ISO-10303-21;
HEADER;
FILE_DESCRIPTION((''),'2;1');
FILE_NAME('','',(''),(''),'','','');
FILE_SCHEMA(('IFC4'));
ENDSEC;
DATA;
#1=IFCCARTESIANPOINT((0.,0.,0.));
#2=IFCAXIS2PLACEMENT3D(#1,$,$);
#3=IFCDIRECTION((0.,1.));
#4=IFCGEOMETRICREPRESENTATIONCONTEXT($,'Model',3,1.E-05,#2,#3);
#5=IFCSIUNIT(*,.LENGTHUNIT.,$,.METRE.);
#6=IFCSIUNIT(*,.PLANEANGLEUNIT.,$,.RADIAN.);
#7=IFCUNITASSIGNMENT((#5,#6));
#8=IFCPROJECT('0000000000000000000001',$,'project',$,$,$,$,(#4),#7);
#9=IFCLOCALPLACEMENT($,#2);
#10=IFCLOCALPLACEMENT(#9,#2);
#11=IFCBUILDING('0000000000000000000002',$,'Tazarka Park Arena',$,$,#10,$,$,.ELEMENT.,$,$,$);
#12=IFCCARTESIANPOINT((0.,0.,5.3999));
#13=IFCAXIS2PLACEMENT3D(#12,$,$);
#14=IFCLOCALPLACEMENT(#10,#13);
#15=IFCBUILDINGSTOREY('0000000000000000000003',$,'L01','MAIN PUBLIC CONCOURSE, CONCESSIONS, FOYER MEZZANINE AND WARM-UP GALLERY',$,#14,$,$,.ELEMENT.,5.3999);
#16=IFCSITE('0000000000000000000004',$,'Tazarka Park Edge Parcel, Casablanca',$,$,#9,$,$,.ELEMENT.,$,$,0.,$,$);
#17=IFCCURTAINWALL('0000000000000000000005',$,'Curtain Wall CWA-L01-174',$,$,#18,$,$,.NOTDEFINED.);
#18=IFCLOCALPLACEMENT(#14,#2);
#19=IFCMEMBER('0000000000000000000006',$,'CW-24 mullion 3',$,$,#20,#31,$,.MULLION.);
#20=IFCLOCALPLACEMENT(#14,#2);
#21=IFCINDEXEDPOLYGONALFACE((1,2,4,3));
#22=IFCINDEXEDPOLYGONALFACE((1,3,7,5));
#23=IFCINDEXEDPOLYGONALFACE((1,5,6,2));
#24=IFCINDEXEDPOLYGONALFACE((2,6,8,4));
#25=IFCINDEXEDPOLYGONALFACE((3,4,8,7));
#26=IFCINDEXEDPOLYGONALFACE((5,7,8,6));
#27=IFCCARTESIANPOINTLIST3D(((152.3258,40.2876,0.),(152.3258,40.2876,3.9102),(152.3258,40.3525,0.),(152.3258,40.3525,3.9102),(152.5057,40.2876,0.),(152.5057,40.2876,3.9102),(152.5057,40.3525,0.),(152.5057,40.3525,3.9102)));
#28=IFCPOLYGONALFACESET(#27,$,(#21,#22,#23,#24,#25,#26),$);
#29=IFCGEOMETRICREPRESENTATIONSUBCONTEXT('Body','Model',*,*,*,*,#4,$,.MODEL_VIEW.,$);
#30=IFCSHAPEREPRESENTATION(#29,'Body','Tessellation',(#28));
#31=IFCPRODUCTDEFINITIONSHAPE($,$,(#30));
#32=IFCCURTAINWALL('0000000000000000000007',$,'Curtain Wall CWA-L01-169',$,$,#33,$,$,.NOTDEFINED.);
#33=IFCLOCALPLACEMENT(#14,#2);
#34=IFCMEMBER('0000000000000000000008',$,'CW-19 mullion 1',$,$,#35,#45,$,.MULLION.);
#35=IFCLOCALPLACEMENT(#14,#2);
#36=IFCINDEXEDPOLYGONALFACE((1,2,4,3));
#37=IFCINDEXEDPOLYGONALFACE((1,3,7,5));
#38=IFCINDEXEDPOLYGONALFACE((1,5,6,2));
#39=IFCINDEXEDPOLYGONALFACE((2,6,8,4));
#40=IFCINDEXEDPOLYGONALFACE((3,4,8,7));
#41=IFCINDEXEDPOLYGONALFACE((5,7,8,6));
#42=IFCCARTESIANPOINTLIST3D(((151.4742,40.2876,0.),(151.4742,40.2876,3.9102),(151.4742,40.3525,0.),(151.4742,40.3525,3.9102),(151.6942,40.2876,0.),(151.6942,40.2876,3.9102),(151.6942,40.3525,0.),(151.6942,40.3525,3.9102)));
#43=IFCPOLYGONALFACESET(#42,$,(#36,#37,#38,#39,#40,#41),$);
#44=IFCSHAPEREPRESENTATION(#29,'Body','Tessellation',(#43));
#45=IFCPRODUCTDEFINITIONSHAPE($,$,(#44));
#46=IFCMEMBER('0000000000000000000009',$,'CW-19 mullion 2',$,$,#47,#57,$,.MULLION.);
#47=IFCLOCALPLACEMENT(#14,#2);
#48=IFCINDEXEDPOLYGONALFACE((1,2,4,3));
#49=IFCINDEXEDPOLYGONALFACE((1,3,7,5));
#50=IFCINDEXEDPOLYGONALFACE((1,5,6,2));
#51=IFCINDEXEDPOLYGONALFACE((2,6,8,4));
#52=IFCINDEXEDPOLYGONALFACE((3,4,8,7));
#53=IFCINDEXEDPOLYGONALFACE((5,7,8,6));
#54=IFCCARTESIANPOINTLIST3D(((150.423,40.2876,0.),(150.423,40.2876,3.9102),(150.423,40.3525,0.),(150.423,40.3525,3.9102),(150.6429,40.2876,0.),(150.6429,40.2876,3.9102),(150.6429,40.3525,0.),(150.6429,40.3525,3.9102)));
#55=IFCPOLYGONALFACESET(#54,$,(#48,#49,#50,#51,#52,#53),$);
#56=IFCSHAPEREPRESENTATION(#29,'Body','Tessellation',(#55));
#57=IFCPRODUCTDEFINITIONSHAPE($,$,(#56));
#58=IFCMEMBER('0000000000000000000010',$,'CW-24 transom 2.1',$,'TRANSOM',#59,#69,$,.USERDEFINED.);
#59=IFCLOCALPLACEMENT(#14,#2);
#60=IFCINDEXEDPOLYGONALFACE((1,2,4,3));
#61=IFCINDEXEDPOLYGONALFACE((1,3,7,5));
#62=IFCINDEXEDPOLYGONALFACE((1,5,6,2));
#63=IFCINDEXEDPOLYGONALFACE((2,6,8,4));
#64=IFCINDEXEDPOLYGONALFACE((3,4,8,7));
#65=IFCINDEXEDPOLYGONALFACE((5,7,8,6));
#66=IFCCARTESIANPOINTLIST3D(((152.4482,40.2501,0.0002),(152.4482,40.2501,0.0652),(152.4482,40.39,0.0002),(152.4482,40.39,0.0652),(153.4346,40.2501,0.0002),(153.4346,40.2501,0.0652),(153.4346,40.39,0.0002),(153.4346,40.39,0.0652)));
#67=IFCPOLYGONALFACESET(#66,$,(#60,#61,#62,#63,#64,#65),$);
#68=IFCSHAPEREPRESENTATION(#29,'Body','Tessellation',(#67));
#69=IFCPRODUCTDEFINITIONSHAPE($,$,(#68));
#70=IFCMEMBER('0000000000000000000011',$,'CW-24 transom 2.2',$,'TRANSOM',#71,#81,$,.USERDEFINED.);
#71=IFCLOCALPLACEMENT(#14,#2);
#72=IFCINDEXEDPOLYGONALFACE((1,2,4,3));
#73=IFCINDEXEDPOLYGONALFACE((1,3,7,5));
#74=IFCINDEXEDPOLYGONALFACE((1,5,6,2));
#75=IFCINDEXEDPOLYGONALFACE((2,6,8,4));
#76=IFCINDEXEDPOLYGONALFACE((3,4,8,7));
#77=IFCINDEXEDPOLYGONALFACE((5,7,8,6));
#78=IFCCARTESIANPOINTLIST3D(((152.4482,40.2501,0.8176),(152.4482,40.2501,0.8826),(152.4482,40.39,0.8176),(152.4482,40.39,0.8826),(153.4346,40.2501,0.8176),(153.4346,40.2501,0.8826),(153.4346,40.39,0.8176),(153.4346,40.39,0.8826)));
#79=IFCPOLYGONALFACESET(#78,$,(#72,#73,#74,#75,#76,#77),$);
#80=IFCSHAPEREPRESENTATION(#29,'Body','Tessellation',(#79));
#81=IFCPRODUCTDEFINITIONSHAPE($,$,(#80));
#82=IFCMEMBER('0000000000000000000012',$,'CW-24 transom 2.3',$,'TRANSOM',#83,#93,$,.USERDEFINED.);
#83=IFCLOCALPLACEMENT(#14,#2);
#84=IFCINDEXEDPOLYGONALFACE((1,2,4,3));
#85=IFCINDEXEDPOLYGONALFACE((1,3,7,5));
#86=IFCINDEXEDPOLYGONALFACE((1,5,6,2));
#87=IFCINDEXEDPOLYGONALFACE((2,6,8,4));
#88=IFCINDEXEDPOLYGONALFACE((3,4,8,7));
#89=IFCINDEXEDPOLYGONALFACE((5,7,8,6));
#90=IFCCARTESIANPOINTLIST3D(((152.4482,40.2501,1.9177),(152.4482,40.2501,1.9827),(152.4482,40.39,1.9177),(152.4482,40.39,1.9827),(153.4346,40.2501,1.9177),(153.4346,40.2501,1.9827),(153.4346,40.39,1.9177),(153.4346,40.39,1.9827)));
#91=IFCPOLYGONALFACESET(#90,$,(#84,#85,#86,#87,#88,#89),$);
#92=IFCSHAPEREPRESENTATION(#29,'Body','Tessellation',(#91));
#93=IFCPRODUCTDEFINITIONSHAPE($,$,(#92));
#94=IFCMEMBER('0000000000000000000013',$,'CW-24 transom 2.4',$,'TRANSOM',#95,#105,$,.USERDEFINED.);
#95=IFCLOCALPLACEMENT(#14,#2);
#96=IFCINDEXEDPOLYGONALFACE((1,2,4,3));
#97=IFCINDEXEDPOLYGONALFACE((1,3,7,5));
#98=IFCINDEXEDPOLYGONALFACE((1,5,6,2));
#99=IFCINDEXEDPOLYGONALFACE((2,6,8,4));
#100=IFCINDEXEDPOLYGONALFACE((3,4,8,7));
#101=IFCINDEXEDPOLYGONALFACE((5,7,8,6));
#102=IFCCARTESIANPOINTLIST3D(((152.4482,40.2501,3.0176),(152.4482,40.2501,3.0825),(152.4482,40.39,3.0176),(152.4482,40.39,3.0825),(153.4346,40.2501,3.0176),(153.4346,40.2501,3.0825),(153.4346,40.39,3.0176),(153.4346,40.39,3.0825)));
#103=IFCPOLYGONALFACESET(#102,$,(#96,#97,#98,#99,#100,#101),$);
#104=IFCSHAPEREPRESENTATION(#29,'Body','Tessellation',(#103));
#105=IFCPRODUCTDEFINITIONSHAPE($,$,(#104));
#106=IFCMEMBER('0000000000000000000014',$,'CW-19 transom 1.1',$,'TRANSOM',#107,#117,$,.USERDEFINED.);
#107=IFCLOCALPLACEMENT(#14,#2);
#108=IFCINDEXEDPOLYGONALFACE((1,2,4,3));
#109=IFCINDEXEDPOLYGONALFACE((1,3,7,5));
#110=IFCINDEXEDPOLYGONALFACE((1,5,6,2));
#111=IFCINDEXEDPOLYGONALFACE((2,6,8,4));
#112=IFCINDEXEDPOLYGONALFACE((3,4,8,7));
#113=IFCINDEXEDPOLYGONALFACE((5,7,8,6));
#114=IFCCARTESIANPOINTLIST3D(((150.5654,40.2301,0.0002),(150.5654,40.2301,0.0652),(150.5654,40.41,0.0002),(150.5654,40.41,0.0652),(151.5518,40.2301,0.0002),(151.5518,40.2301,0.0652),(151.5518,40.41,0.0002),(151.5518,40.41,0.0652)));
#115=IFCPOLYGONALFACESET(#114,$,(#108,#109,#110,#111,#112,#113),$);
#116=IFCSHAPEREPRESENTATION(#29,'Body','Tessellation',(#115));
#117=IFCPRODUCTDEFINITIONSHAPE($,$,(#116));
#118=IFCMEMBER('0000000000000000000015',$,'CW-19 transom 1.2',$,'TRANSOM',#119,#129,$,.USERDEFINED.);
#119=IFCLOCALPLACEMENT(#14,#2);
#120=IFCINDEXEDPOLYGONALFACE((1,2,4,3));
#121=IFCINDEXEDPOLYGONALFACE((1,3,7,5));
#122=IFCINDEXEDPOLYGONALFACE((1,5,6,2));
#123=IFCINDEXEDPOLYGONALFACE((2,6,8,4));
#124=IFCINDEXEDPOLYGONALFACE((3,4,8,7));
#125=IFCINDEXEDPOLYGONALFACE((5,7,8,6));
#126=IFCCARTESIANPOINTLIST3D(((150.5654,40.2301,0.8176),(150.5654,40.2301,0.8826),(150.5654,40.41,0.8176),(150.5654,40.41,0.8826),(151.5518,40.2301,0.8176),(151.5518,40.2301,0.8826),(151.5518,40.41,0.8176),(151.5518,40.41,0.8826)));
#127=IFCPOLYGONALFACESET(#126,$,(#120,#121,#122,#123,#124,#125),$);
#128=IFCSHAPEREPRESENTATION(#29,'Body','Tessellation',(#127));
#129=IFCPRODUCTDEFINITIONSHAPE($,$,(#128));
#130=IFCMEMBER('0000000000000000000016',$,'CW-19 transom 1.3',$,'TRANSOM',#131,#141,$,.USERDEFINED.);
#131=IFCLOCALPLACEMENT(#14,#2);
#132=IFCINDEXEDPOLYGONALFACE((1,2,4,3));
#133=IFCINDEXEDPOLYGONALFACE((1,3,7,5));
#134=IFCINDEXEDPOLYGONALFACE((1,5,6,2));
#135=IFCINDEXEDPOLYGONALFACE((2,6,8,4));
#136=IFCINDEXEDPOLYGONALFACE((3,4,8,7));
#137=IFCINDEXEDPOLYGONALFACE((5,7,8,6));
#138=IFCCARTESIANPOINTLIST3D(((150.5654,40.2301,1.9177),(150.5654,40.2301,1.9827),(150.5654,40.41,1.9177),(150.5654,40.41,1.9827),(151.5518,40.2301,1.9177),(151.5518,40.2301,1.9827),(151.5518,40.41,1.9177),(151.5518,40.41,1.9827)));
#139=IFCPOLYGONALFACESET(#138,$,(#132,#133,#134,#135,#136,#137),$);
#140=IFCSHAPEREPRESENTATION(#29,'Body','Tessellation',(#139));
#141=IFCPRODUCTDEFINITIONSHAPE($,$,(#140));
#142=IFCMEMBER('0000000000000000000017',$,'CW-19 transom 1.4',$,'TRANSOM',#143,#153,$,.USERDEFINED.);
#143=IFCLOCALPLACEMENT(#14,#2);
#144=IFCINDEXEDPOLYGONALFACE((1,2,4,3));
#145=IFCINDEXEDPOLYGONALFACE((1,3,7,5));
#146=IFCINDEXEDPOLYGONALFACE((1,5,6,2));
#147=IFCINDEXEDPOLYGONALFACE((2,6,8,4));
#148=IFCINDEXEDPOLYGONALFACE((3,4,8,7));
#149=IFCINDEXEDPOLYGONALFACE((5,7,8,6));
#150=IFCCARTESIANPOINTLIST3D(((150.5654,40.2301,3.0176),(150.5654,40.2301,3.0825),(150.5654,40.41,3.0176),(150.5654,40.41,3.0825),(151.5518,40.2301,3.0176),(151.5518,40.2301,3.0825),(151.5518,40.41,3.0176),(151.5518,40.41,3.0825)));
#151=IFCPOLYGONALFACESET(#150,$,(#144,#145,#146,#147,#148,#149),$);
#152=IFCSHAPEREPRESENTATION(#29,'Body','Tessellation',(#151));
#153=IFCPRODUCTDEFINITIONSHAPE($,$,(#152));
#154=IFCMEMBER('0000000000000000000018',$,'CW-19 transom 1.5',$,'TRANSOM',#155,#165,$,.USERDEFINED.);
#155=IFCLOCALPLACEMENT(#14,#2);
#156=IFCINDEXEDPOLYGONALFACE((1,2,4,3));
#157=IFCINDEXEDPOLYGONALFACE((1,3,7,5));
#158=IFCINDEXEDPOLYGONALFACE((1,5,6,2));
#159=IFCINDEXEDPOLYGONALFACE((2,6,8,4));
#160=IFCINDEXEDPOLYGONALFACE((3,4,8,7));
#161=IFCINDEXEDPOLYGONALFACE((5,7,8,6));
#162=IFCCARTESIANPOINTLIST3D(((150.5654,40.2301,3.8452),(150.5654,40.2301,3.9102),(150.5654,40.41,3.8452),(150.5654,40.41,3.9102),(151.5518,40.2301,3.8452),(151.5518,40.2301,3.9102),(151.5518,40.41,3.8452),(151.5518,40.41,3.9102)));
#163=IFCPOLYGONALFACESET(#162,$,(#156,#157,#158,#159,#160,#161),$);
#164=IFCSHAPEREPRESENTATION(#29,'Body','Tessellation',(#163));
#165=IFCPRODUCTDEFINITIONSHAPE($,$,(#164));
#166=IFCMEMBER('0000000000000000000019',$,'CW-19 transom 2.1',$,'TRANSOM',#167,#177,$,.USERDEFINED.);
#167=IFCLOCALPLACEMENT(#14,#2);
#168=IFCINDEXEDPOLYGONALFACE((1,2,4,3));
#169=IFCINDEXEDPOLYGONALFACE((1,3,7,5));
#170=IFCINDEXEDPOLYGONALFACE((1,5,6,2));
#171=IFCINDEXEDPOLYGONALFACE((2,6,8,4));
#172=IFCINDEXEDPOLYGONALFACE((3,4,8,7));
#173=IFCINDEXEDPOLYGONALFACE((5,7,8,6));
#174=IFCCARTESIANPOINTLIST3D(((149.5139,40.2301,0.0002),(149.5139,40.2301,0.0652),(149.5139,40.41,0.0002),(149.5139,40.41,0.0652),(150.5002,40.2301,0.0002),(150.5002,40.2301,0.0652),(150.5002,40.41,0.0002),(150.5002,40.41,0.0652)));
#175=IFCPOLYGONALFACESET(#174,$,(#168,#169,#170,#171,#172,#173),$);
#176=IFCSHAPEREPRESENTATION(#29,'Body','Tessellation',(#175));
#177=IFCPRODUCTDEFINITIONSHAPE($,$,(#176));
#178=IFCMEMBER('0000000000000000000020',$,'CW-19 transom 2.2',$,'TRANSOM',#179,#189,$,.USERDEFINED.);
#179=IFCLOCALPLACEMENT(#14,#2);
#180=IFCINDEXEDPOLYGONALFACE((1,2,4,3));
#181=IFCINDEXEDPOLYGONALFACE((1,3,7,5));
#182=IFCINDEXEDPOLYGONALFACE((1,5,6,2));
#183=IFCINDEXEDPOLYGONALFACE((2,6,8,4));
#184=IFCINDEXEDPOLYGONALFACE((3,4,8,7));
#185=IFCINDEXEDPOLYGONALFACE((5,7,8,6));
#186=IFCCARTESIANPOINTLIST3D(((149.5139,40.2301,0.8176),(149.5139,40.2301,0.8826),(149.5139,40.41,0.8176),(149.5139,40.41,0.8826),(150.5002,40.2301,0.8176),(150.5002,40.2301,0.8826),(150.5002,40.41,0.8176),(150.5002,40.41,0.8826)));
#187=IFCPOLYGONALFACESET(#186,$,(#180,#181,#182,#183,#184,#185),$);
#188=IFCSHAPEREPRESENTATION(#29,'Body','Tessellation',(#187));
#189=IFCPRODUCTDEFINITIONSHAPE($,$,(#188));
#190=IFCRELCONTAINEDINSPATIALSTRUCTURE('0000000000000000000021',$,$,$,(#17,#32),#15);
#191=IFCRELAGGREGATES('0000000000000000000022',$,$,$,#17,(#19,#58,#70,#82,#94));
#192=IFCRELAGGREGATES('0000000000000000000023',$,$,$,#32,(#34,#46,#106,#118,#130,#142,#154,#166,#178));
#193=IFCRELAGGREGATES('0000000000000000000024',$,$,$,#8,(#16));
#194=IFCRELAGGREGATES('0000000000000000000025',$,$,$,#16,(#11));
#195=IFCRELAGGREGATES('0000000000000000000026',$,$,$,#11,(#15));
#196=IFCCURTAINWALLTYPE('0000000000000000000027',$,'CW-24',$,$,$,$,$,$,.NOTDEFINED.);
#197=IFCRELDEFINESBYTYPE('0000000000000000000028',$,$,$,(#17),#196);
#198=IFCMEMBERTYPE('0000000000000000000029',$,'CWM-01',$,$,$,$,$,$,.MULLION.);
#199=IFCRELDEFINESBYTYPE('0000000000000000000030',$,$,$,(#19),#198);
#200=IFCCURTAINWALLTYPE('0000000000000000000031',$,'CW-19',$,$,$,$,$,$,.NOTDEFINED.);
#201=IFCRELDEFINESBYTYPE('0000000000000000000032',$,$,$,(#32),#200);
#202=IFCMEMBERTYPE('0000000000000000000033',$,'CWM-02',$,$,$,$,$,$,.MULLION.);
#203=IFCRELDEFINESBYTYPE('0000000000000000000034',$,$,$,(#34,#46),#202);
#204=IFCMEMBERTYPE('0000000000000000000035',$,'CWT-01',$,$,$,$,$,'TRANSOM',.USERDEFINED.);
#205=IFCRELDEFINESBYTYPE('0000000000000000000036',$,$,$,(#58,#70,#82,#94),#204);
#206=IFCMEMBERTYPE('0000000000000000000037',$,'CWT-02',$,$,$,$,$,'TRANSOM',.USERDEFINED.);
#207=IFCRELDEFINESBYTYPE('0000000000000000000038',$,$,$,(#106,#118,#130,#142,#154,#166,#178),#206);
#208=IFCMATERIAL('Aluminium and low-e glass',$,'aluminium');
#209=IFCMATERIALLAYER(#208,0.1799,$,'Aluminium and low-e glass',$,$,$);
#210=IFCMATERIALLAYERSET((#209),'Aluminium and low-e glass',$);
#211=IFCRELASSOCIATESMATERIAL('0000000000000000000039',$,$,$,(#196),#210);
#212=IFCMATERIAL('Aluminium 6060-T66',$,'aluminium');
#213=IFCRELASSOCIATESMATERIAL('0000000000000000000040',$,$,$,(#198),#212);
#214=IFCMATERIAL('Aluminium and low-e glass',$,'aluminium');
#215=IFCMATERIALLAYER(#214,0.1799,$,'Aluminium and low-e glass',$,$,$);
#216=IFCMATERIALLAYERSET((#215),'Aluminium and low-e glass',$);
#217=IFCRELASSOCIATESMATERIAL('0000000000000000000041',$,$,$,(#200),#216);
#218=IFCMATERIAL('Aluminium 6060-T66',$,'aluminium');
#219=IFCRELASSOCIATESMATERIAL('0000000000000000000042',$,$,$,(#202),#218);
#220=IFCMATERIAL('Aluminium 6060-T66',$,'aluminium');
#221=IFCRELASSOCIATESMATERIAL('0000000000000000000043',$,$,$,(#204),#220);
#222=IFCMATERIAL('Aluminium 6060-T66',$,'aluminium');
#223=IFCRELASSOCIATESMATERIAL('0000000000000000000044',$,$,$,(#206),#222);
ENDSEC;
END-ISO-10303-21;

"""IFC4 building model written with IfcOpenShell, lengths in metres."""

from ifc_helpers import new_model, si_unit, direction, frame, origin, origin_2d, place, context, subcontext, project, spatial, rectangle, extrude, material, layer, layer_set, material_profile, profile_set, type_object, element, aggregate, save


model = new_model("IFC4")

# Units and contexts
model_context = context("Model", 3, precision=1e-05, world=origin(), true_north=direction((0.0, 1.0)))
body_context = subcontext(model_context, "Body", "Model", "MODEL_VIEW")
ifc_project = project(units=[si_unit("LENGTHUNIT", "METRE"), si_unit("PLANEANGLEUNIT", "RADIAN")], contexts=[model_context])

# Site, building, storey
site_placement = place(None, origin())
site = spatial("IfcSite", under=ifc_project, at=site_placement, Name="Tazarka Park Edge Parcel, Casablanca", CompositionType="ELEMENT", RefElevation=0.0)
building_placement = place(site_placement, origin())
building = spatial("IfcBuilding", under=site, at=building_placement, Name="Tazarka Park Arena", CompositionType="ELEMENT")
storey_placement = place(building_placement, frame((0.0, 0.0, 5.3999)))
storey = spatial("IfcBuildingStorey", under=building, at=storey_placement, Name="L01", Description="MAIN PUBLIC CONCOURSE, CONCESSIONS, FOYER MEZZANINE AND WARM-UP GALLERY", CompositionType="ELEMENT", Elevation=5.3999)

# Curtain wall, member
ifc_material_1 = material(Name="Aluminium and low-e glass", Category="aluminium")
ifc_layer_1 = layer(ifc_material_1, 0.1799, Name="Aluminium and low-e glass")
ifc_layer_set_1 = layer_set([ifc_layer_1], Name="Aluminium and low-e glass")
curtain_wall_type_1 = type_object("IfcCurtainWallType", Name="CW-24", PredefinedType="NOTDEFINED", material=ifc_layer_set_1)
curtain_wall_1_placement = place(storey_placement, origin())
curtain_wall_1 = element("IfcCurtainWall", 1, at=curtain_wall_1_placement, inside=storey, type_object=curtain_wall_type_1, Name="Curtain Wall CWA-L01-174", PredefinedType="NOTDEFINED")
ifc_material_2 = material(Name="Aluminium 6060-T66", Category="aluminium")
ifc_material_profile_1 = material_profile(ifc_material_2, rectangle(XDim=0.0649, YDim=0.1799, at=origin_2d()), Name="Aluminium 6060-T66")
ifc_profile_set_1 = profile_set([ifc_material_profile_1], Name="Aluminium 6060-T66")
member_type_1 = type_object("IfcMemberType", Name="CWM-01", PredefinedType="MULLION", material=ifc_profile_set_1)
member_1_placement = place(storey_placement, frame((152.4158, 40.3201, 0.0), z_axis=(0.0, 0.0, 1.0), x_axis=(0.0, -1.0, 0.0)))
member_1 = element("IfcMember", 2, at=member_1_placement, type_object=member_type_1, Name="CW-24 mullion 3", PredefinedType="MULLION", context=body_context, shape_type="SweptSolid", body=[
    extrude(rectangle(XDim=0.0649, YDim=0.1799, at=origin_2d()), origin(), (0.0, 0.0, 1.0), 3.9102),
])

# Curtain wall, members
ifc_material_3 = material(Name="Aluminium and low-e glass", Category="aluminium")
ifc_layer_2 = layer(ifc_material_3, 0.1799, Name="Aluminium and low-e glass")
ifc_layer_set_2 = layer_set([ifc_layer_2], Name="Aluminium and low-e glass")
curtain_wall_type_2 = type_object("IfcCurtainWallType", Name="CW-19", PredefinedType="NOTDEFINED", material=ifc_layer_set_2)
curtain_wall_2_placement = place(storey_placement, origin())
curtain_wall_2 = element("IfcCurtainWall", 3, at=curtain_wall_2_placement, inside=storey, type_object=curtain_wall_type_2, Name="Curtain Wall CWA-L01-169", PredefinedType="NOTDEFINED")
ifc_material_4 = material(Name="Aluminium 6060-T66", Category="aluminium")
ifc_material_profile_2 = material_profile(ifc_material_4, rectangle(XDim=0.0649, YDim=0.22, at=origin_2d()), Name="Aluminium 6060-T66")
ifc_profile_set_2 = profile_set([ifc_material_profile_2], Name="Aluminium 6060-T66")
member_type_2 = type_object("IfcMemberType", Name="CWM-02", PredefinedType="MULLION", material=ifc_profile_set_2)
member_2_placement = place(storey_placement, frame((151.5842, 40.3201, 0.0), z_axis=(0.0, 0.0, 1.0), x_axis=(0.0, -1.0, 0.0)))
member_2 = element("IfcMember", 4, at=member_2_placement, type_object=member_type_2, Name="CW-19 mullion 1", PredefinedType="MULLION", context=body_context, shape_type="SweptSolid", body=[
    extrude(rectangle(XDim=0.0649, YDim=0.22, at=origin_2d()), origin(), (0.0, 0.0, 1.0), 3.9102),
])
member_3_placement = place(storey_placement, frame((150.533, 40.3201, 0.0), z_axis=(0.0, 0.0, 1.0), x_axis=(0.0, -1.0, 0.0)))
member_3 = element("IfcMember", 5, at=member_3_placement, type_object=member_type_2, Name="CW-19 mullion 2", PredefinedType="MULLION", context=body_context, shape_type="SweptSolid", body=[
    extrude(rectangle(XDim=0.0649, YDim=0.22, at=origin_2d()), origin(), (0.0, 0.0, 1.0), 3.9102),
])

# Members
ifc_material_5 = material(Name="Aluminium 6060-T66", Category="aluminium")
ifc_material_profile_3 = material_profile(ifc_material_5, rectangle(XDim=0.1399, YDim=0.0649, at=origin_2d()), Name="Aluminium 6060-T66")
ifc_profile_set_3 = profile_set([ifc_material_profile_3], Name="Aluminium 6060-T66")
member_type_3 = type_object("IfcMemberType", Name="CWT-01", ElementType="TRANSOM", PredefinedType="USERDEFINED", material=ifc_profile_set_3)
member_4_placement = place(storey_placement, frame((153.4346, 40.3201, 0.0327), z_axis=(-1.0, 0.0, 0.0), x_axis=(0.0, -1.0, 0.0)))
member_4 = element("IfcMember", 6, at=member_4_placement, type_object=member_type_3, Name="CW-24 transom 2.1", ObjectType="TRANSOM", PredefinedType="USERDEFINED", context=body_context, shape_type="SweptSolid", body=[
    extrude(rectangle(XDim=0.1399, YDim=0.0649, at=origin_2d()), origin(), (0.0, 0.0, 1.0), 0.9863),
])
member_5_placement = place(storey_placement, frame((153.4346, 40.3201, 0.8501), z_axis=(-1.0, 0.0, 0.0), x_axis=(0.0, -1.0, 0.0)))
member_5 = element("IfcMember", 7, at=member_5_placement, type_object=member_type_3, Name="CW-24 transom 2.2", ObjectType="TRANSOM", PredefinedType="USERDEFINED", context=body_context, shape_type="SweptSolid", body=[
    extrude(rectangle(XDim=0.1399, YDim=0.0649, at=origin_2d()), origin(), (0.0, 0.0, 1.0), 0.9863),
])
member_6_placement = place(storey_placement, frame((153.4346, 40.3201, 1.9502), z_axis=(-1.0, 0.0, 0.0), x_axis=(0.0, -1.0, 0.0)))
member_6 = element("IfcMember", 8, at=member_6_placement, type_object=member_type_3, Name="CW-24 transom 2.3", ObjectType="TRANSOM", PredefinedType="USERDEFINED", context=body_context, shape_type="SweptSolid", body=[
    extrude(rectangle(XDim=0.1399, YDim=0.0649, at=origin_2d()), origin(), (0.0, 0.0, 1.0), 0.9863),
])
member_7_placement = place(storey_placement, frame((153.4346, 40.3201, 3.05), z_axis=(-1.0, 0.0, 0.0), x_axis=(0.0, -1.0, 0.0)))
member_7 = element("IfcMember", 9, at=member_7_placement, type_object=member_type_3, Name="CW-24 transom 2.4", ObjectType="TRANSOM", PredefinedType="USERDEFINED", context=body_context, shape_type="SweptSolid", body=[
    extrude(rectangle(XDim=0.1399, YDim=0.0649, at=origin_2d()), origin(), (0.0, 0.0, 1.0), 0.9863),
])
ifc_material_6 = material(Name="Aluminium 6060-T66", Category="aluminium")
ifc_material_profile_4 = material_profile(ifc_material_6, rectangle(XDim=0.1799, YDim=0.0649, at=origin_2d()), Name="Aluminium 6060-T66")
ifc_profile_set_4 = profile_set([ifc_material_profile_4], Name="Aluminium 6060-T66")
member_type_4 = type_object("IfcMemberType", Name="CWT-02", ElementType="TRANSOM", PredefinedType="USERDEFINED", material=ifc_profile_set_4)
member_8_placement = place(storey_placement, frame((151.5518, 40.3201, 0.0327), z_axis=(-1.0, 0.0, 0.0), x_axis=(0.0, -1.0, 0.0)))
member_8 = element("IfcMember", 10, at=member_8_placement, type_object=member_type_4, Name="CW-19 transom 1.1", ObjectType="TRANSOM", PredefinedType="USERDEFINED", context=body_context, shape_type="SweptSolid", body=[
    extrude(rectangle(XDim=0.1799, YDim=0.0649, at=origin_2d()), origin(), (0.0, 0.0, 1.0), 0.9863),
])
member_9_placement = place(storey_placement, frame((151.5518, 40.3201, 0.8501), z_axis=(-1.0, 0.0, 0.0), x_axis=(0.0, -1.0, 0.0)))
member_9 = element("IfcMember", 11, at=member_9_placement, type_object=member_type_4, Name="CW-19 transom 1.2", ObjectType="TRANSOM", PredefinedType="USERDEFINED", context=body_context, shape_type="SweptSolid", body=[
    extrude(rectangle(XDim=0.1799, YDim=0.0649, at=origin_2d()), origin(), (0.0, 0.0, 1.0), 0.9863),
])
member_10_placement = place(storey_placement, frame((151.5518, 40.3201, 1.9502), z_axis=(-1.0, 0.0, 0.0), x_axis=(0.0, -1.0, 0.0)))
member_10 = element("IfcMember", 12, at=member_10_placement, type_object=member_type_4, Name="CW-19 transom 1.3", ObjectType="TRANSOM", PredefinedType="USERDEFINED", context=body_context, shape_type="SweptSolid", body=[
    extrude(rectangle(XDim=0.1799, YDim=0.0649, at=origin_2d()), origin(), (0.0, 0.0, 1.0), 0.9863),
])
member_11_placement = place(storey_placement, frame((151.5518, 40.3201, 3.05), z_axis=(-1.0, 0.0, 0.0), x_axis=(0.0, -1.0, 0.0)))
member_11 = element("IfcMember", 13, at=member_11_placement, type_object=member_type_4, Name="CW-19 transom 1.4", ObjectType="TRANSOM", PredefinedType="USERDEFINED", context=body_context, shape_type="SweptSolid", body=[
    extrude(rectangle(XDim=0.1799, YDim=0.0649, at=origin_2d()), origin(), (0.0, 0.0, 1.0), 0.9863),
])
member_12_placement = place(storey_placement, frame((151.5518, 40.3201, 3.8777), z_axis=(-1.0, 0.0, 0.0), x_axis=(0.0, -1.0, 0.0)))
member_12 = element("IfcMember", 14, at=member_12_placement, type_object=member_type_4, Name="CW-19 transom 1.5", ObjectType="TRANSOM", PredefinedType="USERDEFINED", context=body_context, shape_type="SweptSolid", body=[
    extrude(rectangle(XDim=0.1799, YDim=0.0649, at=origin_2d()), origin(), (0.0, 0.0, 1.0), 0.9863),
])
member_13_placement = place(storey_placement, frame((150.5002, 40.3201, 0.0327), z_axis=(-1.0, 0.0, 0.0), x_axis=(0.0, -1.0, 0.0)))
member_13 = element("IfcMember", 15, at=member_13_placement, type_object=member_type_4, Name="CW-19 transom 2.1", ObjectType="TRANSOM", PredefinedType="USERDEFINED", context=body_context, shape_type="SweptSolid", body=[
    extrude(rectangle(XDim=0.1799, YDim=0.0649, at=origin_2d()), origin(), (0.0, 0.0, 1.0), 0.9863),
])
member_14_placement = place(storey_placement, frame((150.5002, 40.3201, 0.8501), z_axis=(-1.0, 0.0, 0.0), x_axis=(0.0, -1.0, 0.0)))
member_14 = element("IfcMember", 16, at=member_14_placement, type_object=member_type_4, Name="CW-19 transom 2.2", ObjectType="TRANSOM", PredefinedType="USERDEFINED", context=body_context, shape_type="SweptSolid", body=[
    extrude(rectangle(XDim=0.1799, YDim=0.0649, at=origin_2d()), origin(), (0.0, 0.0, 1.0), 0.9863),
])

aggregate(curtain_wall_1, [member_1, member_4, member_5, member_6, member_7])
aggregate(curtain_wall_2, [member_2, member_3, member_8, member_9, member_10, member_11, member_12, member_13, member_14])

save(model, "model.ifc")
